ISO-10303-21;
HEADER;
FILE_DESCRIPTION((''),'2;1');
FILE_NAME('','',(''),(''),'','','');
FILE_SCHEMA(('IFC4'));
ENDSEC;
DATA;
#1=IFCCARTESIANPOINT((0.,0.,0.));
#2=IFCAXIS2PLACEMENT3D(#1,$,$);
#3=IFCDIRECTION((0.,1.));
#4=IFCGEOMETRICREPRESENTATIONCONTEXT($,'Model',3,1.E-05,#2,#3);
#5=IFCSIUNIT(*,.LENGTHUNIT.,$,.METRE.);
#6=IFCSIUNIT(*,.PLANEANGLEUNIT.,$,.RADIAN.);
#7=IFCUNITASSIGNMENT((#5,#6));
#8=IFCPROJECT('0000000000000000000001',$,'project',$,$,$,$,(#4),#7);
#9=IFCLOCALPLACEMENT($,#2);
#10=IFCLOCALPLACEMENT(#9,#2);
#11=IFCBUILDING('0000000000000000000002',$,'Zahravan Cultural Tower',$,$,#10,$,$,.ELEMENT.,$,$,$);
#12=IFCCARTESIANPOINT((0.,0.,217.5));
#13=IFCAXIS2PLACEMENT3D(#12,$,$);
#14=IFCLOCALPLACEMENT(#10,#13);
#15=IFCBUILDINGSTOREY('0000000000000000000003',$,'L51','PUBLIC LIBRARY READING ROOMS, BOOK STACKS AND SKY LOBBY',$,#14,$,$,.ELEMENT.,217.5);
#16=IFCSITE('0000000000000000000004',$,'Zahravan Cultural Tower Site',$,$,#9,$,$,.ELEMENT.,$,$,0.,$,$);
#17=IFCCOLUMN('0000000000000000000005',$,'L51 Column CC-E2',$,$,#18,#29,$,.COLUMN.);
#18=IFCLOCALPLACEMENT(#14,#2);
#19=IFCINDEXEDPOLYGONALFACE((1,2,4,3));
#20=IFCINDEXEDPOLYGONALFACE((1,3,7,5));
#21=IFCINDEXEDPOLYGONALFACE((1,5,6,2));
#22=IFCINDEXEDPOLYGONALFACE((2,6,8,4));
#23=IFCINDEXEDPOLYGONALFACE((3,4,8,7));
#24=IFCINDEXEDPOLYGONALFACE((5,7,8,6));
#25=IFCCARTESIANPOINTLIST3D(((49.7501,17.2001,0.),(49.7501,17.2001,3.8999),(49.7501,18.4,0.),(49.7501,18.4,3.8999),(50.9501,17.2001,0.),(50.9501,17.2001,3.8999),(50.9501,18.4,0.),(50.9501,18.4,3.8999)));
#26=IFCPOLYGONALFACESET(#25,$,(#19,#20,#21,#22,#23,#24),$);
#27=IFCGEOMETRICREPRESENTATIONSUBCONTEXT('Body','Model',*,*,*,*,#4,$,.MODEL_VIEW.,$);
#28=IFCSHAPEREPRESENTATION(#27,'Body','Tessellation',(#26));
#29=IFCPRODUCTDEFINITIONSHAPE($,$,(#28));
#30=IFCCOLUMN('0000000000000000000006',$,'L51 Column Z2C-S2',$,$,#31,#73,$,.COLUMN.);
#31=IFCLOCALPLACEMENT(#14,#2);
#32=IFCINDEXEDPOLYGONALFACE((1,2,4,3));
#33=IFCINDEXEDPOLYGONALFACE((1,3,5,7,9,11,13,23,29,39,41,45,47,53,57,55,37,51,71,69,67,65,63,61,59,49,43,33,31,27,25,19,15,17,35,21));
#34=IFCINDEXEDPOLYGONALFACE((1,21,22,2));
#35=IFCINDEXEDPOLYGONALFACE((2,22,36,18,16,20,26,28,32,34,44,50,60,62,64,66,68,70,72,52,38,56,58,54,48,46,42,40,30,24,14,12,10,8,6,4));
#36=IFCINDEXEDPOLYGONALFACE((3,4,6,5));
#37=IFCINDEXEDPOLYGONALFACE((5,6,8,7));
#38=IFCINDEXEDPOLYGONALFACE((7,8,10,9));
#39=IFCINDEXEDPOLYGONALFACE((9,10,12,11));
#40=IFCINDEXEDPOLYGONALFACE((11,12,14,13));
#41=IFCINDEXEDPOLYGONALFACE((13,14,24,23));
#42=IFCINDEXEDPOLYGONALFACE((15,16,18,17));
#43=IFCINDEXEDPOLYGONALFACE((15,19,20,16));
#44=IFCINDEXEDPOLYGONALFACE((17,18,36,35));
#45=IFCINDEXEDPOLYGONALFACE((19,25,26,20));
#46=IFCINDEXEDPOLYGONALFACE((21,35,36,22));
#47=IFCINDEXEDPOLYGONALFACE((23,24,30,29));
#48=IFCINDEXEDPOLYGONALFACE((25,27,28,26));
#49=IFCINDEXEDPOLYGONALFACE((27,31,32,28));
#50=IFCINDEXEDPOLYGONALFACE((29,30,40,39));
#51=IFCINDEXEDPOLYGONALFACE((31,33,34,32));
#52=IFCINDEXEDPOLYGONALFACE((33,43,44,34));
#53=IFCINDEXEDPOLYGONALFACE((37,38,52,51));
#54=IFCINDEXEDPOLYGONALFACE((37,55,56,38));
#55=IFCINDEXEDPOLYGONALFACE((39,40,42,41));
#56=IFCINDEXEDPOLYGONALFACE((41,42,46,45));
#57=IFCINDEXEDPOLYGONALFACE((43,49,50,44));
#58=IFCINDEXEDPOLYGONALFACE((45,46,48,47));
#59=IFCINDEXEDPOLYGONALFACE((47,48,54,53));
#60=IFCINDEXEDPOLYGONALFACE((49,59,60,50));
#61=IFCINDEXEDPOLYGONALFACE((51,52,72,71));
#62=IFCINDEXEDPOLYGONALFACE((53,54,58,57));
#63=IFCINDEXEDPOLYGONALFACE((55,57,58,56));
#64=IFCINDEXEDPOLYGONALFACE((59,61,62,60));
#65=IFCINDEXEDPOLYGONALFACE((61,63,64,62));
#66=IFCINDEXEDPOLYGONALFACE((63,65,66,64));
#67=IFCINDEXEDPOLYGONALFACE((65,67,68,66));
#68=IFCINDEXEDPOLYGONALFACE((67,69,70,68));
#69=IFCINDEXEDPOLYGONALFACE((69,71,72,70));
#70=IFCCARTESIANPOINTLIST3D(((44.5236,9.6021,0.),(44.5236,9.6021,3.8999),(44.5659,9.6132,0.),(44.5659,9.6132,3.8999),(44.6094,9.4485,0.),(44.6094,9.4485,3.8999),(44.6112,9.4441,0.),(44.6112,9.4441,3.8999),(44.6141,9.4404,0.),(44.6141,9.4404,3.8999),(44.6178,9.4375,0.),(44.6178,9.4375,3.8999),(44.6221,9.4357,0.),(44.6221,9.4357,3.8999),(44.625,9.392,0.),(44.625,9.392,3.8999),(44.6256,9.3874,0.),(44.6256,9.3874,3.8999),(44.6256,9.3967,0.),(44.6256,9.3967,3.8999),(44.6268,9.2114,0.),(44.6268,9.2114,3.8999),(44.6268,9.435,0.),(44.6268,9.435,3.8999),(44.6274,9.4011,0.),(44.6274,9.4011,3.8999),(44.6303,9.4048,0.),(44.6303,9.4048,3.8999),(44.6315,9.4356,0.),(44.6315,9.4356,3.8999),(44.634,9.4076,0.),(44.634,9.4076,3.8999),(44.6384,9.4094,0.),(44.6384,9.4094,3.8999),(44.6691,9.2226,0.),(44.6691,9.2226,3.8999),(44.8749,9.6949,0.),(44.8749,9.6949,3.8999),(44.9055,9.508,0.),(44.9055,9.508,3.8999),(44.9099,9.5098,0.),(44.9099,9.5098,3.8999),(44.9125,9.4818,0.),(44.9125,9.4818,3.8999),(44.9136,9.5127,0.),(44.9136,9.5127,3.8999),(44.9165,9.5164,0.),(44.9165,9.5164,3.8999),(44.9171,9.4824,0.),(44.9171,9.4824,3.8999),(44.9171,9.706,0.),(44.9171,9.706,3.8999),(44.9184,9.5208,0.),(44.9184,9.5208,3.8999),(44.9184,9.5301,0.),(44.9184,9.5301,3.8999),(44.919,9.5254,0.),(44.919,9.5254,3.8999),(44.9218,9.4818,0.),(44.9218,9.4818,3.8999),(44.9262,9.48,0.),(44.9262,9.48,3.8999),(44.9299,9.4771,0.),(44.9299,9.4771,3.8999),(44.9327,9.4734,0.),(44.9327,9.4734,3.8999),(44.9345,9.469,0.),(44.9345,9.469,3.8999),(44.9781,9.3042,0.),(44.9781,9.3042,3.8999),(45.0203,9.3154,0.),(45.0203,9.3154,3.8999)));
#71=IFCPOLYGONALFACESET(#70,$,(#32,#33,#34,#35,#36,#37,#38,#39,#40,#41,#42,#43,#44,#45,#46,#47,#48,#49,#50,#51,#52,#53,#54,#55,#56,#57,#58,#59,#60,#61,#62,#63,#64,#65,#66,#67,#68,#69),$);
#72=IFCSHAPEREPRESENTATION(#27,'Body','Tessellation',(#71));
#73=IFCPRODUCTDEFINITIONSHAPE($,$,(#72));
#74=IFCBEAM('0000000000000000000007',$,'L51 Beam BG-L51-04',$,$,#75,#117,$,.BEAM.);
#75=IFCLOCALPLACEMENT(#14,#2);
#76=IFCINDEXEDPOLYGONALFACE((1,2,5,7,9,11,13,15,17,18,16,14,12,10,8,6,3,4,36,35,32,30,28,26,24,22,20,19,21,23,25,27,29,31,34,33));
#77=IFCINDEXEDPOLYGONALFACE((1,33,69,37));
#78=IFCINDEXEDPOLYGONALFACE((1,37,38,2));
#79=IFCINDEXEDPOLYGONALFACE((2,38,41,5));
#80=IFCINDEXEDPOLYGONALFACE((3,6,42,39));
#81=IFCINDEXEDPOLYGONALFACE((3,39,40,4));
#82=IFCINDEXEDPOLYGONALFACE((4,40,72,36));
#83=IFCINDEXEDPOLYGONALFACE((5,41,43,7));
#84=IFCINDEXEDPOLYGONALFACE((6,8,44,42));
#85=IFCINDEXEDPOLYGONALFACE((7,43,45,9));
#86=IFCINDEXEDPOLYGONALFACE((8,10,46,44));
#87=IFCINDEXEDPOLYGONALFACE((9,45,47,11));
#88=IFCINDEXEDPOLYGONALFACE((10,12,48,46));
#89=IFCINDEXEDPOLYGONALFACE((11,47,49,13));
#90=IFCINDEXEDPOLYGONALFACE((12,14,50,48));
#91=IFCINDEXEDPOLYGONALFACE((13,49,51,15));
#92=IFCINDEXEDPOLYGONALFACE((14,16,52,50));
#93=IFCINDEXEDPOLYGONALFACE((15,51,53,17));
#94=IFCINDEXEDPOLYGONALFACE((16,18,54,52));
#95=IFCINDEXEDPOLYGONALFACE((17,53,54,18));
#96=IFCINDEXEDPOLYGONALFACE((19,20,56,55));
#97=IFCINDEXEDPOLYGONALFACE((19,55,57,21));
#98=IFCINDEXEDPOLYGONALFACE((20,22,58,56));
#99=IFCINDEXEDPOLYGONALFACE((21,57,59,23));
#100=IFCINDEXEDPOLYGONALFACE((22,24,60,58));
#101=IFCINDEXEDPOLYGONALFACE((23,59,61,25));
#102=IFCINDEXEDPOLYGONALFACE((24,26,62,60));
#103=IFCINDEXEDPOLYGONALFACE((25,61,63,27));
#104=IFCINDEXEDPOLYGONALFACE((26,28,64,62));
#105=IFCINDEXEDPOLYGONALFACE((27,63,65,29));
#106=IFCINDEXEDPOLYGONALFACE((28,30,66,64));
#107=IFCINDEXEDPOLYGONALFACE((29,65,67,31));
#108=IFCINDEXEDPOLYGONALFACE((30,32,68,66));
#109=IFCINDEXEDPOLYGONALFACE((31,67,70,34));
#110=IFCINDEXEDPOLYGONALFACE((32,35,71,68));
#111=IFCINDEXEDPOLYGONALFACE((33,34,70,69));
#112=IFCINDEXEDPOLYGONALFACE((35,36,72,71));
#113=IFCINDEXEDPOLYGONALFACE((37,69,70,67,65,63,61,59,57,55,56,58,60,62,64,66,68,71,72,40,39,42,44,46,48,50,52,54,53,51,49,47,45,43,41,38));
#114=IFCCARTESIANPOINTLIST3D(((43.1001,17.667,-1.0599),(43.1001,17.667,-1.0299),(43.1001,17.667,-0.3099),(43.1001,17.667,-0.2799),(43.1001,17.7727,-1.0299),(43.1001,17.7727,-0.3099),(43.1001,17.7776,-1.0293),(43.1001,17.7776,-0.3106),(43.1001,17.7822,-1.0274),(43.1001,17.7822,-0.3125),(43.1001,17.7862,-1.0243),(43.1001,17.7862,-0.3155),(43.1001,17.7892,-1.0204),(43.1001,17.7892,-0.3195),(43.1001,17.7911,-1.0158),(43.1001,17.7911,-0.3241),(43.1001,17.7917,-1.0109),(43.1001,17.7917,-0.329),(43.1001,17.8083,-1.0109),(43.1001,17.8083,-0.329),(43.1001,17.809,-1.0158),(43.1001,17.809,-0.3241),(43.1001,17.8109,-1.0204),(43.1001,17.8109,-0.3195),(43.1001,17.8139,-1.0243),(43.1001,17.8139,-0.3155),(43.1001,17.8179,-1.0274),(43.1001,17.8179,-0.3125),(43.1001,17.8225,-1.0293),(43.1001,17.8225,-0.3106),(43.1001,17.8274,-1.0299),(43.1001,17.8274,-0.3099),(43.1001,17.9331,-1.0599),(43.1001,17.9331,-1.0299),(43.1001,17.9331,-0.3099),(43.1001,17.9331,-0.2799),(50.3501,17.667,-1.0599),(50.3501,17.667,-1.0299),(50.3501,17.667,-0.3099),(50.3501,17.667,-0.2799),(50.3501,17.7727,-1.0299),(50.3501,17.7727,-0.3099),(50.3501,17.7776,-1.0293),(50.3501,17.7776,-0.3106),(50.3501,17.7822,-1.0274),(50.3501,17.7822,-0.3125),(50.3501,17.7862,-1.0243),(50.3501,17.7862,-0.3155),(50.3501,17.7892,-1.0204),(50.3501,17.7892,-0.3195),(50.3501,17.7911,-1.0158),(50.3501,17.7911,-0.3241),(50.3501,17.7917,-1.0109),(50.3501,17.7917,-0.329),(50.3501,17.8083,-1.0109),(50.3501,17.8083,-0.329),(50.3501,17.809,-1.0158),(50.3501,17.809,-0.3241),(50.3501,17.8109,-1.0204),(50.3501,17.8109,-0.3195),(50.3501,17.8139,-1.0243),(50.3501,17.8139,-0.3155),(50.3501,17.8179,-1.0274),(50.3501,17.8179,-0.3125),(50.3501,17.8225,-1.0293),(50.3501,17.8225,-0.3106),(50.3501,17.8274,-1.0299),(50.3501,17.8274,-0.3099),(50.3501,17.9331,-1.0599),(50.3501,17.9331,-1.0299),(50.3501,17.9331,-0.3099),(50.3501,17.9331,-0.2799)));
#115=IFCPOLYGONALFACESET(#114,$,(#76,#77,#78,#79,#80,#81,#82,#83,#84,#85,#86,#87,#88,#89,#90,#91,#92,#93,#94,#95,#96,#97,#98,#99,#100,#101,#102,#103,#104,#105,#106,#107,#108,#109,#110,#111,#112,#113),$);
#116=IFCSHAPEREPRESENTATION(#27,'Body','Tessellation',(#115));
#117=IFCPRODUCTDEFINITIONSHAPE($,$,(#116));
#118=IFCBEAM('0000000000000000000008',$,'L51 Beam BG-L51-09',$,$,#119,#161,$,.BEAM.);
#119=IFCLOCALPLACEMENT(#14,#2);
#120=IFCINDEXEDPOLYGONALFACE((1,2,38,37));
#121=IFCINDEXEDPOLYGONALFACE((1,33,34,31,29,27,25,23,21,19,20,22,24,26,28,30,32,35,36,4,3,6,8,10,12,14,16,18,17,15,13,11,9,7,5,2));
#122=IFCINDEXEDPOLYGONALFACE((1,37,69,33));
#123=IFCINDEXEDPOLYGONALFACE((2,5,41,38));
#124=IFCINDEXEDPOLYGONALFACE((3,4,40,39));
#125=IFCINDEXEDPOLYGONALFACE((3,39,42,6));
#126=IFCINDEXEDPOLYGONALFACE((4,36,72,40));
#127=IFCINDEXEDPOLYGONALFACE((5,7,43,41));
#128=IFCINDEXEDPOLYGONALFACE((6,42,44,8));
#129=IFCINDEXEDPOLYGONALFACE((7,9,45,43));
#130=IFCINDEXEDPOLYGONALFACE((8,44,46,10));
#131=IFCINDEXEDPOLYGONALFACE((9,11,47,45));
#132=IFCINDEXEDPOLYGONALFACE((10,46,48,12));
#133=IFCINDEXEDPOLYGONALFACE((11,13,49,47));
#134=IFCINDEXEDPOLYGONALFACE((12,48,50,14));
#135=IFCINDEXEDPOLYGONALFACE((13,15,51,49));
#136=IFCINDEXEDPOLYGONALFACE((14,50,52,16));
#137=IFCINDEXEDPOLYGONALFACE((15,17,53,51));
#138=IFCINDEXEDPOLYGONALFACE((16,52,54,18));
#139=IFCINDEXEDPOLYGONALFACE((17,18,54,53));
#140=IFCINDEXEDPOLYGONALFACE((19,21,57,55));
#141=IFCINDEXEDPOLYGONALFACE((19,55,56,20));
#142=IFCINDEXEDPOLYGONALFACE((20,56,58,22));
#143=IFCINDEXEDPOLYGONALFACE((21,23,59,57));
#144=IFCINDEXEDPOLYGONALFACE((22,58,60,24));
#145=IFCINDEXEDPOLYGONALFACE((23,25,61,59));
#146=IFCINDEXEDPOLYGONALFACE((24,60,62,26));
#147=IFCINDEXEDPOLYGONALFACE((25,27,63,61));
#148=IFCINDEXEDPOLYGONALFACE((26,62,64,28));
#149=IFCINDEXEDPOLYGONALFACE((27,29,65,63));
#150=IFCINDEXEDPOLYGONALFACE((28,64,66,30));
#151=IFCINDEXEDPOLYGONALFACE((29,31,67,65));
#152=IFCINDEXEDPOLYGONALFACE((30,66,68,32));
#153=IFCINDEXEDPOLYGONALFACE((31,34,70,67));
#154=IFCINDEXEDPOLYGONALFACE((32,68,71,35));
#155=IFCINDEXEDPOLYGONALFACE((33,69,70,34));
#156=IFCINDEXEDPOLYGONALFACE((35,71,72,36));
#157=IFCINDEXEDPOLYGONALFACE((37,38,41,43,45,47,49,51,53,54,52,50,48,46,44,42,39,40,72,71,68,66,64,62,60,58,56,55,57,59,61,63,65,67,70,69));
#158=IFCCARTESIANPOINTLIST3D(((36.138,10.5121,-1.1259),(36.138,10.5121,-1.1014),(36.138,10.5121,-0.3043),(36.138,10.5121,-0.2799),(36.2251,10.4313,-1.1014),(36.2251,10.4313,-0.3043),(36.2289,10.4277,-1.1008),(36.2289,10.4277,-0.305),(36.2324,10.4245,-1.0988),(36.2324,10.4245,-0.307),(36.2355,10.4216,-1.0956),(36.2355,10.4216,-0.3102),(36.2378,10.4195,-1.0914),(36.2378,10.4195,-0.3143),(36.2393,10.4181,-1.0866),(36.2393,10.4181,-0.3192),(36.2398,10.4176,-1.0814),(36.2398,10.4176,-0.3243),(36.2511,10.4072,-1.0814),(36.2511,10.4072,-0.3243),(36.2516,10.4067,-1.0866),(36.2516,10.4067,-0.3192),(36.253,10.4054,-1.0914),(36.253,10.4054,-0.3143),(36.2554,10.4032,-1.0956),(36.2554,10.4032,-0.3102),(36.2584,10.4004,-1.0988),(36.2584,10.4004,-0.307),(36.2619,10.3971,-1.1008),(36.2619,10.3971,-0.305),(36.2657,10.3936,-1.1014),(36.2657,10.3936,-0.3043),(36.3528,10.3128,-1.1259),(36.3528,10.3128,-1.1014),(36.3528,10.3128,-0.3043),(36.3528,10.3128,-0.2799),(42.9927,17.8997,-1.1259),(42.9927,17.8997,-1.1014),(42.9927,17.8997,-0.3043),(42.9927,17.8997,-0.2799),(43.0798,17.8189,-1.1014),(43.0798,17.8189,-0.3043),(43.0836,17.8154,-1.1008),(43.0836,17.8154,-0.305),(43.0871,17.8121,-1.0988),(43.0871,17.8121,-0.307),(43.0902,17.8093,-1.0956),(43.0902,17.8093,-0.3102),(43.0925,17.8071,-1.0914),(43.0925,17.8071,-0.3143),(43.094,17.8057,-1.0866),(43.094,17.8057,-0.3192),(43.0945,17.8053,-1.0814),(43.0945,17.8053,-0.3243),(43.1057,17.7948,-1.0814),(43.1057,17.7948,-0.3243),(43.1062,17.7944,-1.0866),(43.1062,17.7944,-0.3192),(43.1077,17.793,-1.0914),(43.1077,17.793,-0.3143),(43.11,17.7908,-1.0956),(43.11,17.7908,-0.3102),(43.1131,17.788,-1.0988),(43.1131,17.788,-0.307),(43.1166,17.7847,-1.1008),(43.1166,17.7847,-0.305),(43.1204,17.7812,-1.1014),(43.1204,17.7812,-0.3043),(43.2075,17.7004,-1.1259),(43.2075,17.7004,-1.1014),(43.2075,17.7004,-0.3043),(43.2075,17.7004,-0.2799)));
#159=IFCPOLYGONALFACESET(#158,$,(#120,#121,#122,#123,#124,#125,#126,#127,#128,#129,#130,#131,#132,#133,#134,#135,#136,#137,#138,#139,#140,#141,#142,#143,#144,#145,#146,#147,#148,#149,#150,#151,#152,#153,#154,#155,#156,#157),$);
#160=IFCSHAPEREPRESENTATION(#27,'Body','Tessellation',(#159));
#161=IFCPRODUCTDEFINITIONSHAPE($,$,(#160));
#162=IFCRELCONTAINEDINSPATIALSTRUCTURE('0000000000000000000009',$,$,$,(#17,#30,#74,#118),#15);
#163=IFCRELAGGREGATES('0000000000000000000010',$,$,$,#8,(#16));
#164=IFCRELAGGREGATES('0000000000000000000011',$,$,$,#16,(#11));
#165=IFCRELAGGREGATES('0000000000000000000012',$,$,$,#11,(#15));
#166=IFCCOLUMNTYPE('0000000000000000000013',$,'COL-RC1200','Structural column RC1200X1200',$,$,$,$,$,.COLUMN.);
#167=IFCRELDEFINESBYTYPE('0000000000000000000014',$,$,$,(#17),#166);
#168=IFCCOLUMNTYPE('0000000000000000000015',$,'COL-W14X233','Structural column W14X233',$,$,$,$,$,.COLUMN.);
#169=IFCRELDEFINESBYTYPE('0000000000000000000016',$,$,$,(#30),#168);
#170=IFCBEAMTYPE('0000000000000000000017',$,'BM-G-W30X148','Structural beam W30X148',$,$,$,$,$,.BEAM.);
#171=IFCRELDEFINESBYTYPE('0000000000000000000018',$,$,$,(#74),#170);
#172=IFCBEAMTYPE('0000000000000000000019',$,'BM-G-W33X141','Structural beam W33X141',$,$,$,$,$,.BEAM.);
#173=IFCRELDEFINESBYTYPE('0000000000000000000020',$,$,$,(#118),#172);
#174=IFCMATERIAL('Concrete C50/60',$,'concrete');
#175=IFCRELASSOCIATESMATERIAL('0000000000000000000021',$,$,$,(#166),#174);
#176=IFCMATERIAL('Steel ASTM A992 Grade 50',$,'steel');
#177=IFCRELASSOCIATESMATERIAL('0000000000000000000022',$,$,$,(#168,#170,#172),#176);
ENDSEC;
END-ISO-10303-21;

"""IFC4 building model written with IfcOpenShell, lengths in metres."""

from ifc_helpers import new_model, si_unit, direction, frame, origin, origin_2d, place, context, subcontext, project, spatial, rectangle, i_section, extrude, source, transform, mapped, material, material_profile, profile_set, type_object, element, save


model = new_model("IFC4")

# Units and contexts
model_context = context("Model", 3, precision=1e-05, world=origin(), true_north=direction((0.0, 1.0)))
body_context = subcontext(model_context, "Body", "Model", "MODEL_VIEW")
ifc_project = project(units=[si_unit("LENGTHUNIT", "METRE"), si_unit("PLANEANGLEUNIT", "RADIAN")], contexts=[model_context])

# Site, building, storey
site_placement = place(None, origin())
site = spatial("IfcSite", under=ifc_project, at=site_placement, Name="Zahravan Cultural Tower Site", CompositionType="ELEMENT", RefElevation=0.0)
building_placement = place(site_placement, origin())
building = spatial("IfcBuilding", under=site, at=building_placement, Name="Zahravan Cultural Tower", CompositionType="ELEMENT")
storey_placement = place(building_placement, frame((0.0, 0.0, 217.5)))
storey = spatial("IfcBuildingStorey", under=building, at=storey_placement, Name="L51", Description="PUBLIC LIBRARY READING ROOMS, BOOK STACKS AND SKY LOBBY", CompositionType="ELEMENT", Elevation=217.5)

# Columns
ifc_material_1 = material(Name="Concrete C50/60", Category="concrete")
ifc_material_profile_1 = material_profile(ifc_material_1, rectangle(XDim=1.2, YDim=1.2, at=origin_2d()), Name="RC1200X1200")
ifc_profile_set_1 = profile_set([ifc_material_profile_1], Name="Concrete C50/60")
column_type_1 = type_object("IfcColumnType", Name="COL-RC1200", Description="Structural column RC1200X1200", PredefinedType="COLUMN", material=ifc_profile_set_1)
shared_shape_1 = source(origin(), body_context, "Body", "SweptSolid", [
    extrude(rectangle(XDim=1.2, YDim=1.2, at=origin_2d()), origin(), (0.0, 0.0, 1.0), 3.8999),
])
column_1_placement = place(storey_placement, frame((50.3501, 17.8, 0.0), z_axis=(0.0, 0.0, 1.0), x_axis=(1.0, 0.0, 0.0)))
element("IfcColumn", 1, at=column_1_placement, inside=storey, type_object=column_type_1, Name="L51 Column CC-E2", PredefinedType="COLUMN", context=body_context, shape_type="MappedRepresentation", body=[
    mapped(shared_shape_1, transform((0.0, 0.0, 0.0), x_axis=(1.0, 0.0, 0.0), y_axis=(0.0, 1.0, 0.0), z_axis=(0.0, 0.0, 1.0), scale=1.0)),
])
ifc_material_2 = material(Name="Steel ASTM A992 Grade 50", Category="steel")
ifc_material_profile_2 = material_profile(ifc_material_2, i_section(OverallWidth=0.4041, OverallDepth=0.407, WebThickness=0.0271, FlangeThickness=0.0437, FilletRadius=0.0181, at=origin_2d()), Name="W14X233")
ifc_profile_set_2 = profile_set([ifc_material_profile_2], Name="Steel ASTM A992 Grade 50")
column_type_2 = type_object("IfcColumnType", Name="COL-W14X233", Description="Structural column W14X233", PredefinedType="COLUMN", material=ifc_profile_set_2)
shared_shape_2 = source(origin(), body_context, "Body", "SweptSolid", [
    extrude(i_section(OverallWidth=0.4041, OverallDepth=0.407, WebThickness=0.0271, FlangeThickness=0.0437, FilletRadius=0.0181, at=origin_2d()), origin(), (0.0, 0.0, 1.0), 3.8999),
])
column_2_placement = place(storey_placement, frame((44.772, 9.4587, 0.0), z_axis=(0.0, 0.0, 1.0), x_axis=(-0.255446, 0.966823, 0.0)))
element("IfcColumn", 2, at=column_2_placement, inside=storey, type_object=column_type_2, Name="L51 Column Z2C-S2", PredefinedType="COLUMN", context=body_context, shape_type="MappedRepresentation", body=[
    mapped(shared_shape_2, transform((0.0, 0.0, 0.0), x_axis=(1.0, 0.0, 0.0), y_axis=(0.0, 1.0, 0.0), z_axis=(0.0, 0.0, 1.0), scale=1.0)),
])

# Beams
ifc_material_profile_3 = material_profile(ifc_material_2, i_section(OverallWidth=0.2661, OverallDepth=0.78, WebThickness=0.0166, FlangeThickness=0.03, FilletRadius=0.019, at=origin_2d()), Name="W30X148")
ifc_profile_set_3 = profile_set([ifc_material_profile_3], Name="Steel ASTM A992 Grade 50")
beam_type_1 = type_object("IfcBeamType", Name="BM-G-W30X148", Description="Structural beam W30X148", PredefinedType="BEAM", material=ifc_profile_set_3)
shared_shape_3 = source(origin(), body_context, "Body", "SweptSolid", [
    extrude(i_section(OverallWidth=0.2661, OverallDepth=0.78, WebThickness=0.0166, FlangeThickness=0.03, FilletRadius=0.019, at=origin_2d()), origin(), (0.0, 0.0, 1.0), 7.25),
])
beam_1_placement = place(storey_placement, frame((43.1001, 17.8, -0.6699), z_axis=(1.0, 0.0, 0.0), x_axis=(0.0, 1.0, 0.0)))
element("IfcBeam", 3, at=beam_1_placement, inside=storey, type_object=beam_type_1, Name="L51 Beam BG-L51-04", PredefinedType="BEAM", context=body_context, shape_type="MappedRepresentation", body=[
    mapped(shared_shape_3, transform((0.0, 0.0, 0.0), x_axis=(1.0, 0.0, 0.0), y_axis=(0.0, 1.0, 0.0), z_axis=(0.0, 0.0, 1.0), scale=1.0)),
])
ifc_material_profile_4 = material_profile(ifc_material_2, i_section(OverallWidth=0.293, OverallDepth=0.8459, WebThickness=0.0154, FlangeThickness=0.0244, FilletRadius=0.02, at=origin_2d()), Name="W33X141")
ifc_profile_set_4 = profile_set([ifc_material_profile_4], Name="Steel ASTM A992 Grade 50")
beam_type_2 = type_object("IfcBeamType", Name="BM-G-W33X141", Description="Structural beam W33X141", PredefinedType="BEAM", material=ifc_profile_set_4)
shared_shape_4 = source(origin(), body_context, "Body", "SweptSolid", [
    extrude(i_section(OverallWidth=0.293, OverallDepth=0.8459, WebThickness=0.0154, FlangeThickness=0.0244, FilletRadius=0.02, at=origin_2d()), origin(), (0.0, 0.0, 1.0), 10.0779),
])
beam_2_placement = place(storey_placement, frame((43.1001, 17.8, -0.7029), z_axis=(-0.68017, -0.733054, 0.0), x_axis=(0.733054, -0.68017, 0.0)))
element("IfcBeam", 4, at=beam_2_placement, inside=storey, type_object=beam_type_2, Name="L51 Beam BG-L51-09", PredefinedType="BEAM", context=body_context, shape_type="MappedRepresentation", body=[
    mapped(shared_shape_4, transform((0.0, 0.0, 0.0), x_axis=(1.0, 0.0, 0.0), y_axis=(0.0, 1.0, 0.0), z_axis=(0.0, 0.0, 1.0), scale=1.0)),
])

save(model, "model.ifc")
